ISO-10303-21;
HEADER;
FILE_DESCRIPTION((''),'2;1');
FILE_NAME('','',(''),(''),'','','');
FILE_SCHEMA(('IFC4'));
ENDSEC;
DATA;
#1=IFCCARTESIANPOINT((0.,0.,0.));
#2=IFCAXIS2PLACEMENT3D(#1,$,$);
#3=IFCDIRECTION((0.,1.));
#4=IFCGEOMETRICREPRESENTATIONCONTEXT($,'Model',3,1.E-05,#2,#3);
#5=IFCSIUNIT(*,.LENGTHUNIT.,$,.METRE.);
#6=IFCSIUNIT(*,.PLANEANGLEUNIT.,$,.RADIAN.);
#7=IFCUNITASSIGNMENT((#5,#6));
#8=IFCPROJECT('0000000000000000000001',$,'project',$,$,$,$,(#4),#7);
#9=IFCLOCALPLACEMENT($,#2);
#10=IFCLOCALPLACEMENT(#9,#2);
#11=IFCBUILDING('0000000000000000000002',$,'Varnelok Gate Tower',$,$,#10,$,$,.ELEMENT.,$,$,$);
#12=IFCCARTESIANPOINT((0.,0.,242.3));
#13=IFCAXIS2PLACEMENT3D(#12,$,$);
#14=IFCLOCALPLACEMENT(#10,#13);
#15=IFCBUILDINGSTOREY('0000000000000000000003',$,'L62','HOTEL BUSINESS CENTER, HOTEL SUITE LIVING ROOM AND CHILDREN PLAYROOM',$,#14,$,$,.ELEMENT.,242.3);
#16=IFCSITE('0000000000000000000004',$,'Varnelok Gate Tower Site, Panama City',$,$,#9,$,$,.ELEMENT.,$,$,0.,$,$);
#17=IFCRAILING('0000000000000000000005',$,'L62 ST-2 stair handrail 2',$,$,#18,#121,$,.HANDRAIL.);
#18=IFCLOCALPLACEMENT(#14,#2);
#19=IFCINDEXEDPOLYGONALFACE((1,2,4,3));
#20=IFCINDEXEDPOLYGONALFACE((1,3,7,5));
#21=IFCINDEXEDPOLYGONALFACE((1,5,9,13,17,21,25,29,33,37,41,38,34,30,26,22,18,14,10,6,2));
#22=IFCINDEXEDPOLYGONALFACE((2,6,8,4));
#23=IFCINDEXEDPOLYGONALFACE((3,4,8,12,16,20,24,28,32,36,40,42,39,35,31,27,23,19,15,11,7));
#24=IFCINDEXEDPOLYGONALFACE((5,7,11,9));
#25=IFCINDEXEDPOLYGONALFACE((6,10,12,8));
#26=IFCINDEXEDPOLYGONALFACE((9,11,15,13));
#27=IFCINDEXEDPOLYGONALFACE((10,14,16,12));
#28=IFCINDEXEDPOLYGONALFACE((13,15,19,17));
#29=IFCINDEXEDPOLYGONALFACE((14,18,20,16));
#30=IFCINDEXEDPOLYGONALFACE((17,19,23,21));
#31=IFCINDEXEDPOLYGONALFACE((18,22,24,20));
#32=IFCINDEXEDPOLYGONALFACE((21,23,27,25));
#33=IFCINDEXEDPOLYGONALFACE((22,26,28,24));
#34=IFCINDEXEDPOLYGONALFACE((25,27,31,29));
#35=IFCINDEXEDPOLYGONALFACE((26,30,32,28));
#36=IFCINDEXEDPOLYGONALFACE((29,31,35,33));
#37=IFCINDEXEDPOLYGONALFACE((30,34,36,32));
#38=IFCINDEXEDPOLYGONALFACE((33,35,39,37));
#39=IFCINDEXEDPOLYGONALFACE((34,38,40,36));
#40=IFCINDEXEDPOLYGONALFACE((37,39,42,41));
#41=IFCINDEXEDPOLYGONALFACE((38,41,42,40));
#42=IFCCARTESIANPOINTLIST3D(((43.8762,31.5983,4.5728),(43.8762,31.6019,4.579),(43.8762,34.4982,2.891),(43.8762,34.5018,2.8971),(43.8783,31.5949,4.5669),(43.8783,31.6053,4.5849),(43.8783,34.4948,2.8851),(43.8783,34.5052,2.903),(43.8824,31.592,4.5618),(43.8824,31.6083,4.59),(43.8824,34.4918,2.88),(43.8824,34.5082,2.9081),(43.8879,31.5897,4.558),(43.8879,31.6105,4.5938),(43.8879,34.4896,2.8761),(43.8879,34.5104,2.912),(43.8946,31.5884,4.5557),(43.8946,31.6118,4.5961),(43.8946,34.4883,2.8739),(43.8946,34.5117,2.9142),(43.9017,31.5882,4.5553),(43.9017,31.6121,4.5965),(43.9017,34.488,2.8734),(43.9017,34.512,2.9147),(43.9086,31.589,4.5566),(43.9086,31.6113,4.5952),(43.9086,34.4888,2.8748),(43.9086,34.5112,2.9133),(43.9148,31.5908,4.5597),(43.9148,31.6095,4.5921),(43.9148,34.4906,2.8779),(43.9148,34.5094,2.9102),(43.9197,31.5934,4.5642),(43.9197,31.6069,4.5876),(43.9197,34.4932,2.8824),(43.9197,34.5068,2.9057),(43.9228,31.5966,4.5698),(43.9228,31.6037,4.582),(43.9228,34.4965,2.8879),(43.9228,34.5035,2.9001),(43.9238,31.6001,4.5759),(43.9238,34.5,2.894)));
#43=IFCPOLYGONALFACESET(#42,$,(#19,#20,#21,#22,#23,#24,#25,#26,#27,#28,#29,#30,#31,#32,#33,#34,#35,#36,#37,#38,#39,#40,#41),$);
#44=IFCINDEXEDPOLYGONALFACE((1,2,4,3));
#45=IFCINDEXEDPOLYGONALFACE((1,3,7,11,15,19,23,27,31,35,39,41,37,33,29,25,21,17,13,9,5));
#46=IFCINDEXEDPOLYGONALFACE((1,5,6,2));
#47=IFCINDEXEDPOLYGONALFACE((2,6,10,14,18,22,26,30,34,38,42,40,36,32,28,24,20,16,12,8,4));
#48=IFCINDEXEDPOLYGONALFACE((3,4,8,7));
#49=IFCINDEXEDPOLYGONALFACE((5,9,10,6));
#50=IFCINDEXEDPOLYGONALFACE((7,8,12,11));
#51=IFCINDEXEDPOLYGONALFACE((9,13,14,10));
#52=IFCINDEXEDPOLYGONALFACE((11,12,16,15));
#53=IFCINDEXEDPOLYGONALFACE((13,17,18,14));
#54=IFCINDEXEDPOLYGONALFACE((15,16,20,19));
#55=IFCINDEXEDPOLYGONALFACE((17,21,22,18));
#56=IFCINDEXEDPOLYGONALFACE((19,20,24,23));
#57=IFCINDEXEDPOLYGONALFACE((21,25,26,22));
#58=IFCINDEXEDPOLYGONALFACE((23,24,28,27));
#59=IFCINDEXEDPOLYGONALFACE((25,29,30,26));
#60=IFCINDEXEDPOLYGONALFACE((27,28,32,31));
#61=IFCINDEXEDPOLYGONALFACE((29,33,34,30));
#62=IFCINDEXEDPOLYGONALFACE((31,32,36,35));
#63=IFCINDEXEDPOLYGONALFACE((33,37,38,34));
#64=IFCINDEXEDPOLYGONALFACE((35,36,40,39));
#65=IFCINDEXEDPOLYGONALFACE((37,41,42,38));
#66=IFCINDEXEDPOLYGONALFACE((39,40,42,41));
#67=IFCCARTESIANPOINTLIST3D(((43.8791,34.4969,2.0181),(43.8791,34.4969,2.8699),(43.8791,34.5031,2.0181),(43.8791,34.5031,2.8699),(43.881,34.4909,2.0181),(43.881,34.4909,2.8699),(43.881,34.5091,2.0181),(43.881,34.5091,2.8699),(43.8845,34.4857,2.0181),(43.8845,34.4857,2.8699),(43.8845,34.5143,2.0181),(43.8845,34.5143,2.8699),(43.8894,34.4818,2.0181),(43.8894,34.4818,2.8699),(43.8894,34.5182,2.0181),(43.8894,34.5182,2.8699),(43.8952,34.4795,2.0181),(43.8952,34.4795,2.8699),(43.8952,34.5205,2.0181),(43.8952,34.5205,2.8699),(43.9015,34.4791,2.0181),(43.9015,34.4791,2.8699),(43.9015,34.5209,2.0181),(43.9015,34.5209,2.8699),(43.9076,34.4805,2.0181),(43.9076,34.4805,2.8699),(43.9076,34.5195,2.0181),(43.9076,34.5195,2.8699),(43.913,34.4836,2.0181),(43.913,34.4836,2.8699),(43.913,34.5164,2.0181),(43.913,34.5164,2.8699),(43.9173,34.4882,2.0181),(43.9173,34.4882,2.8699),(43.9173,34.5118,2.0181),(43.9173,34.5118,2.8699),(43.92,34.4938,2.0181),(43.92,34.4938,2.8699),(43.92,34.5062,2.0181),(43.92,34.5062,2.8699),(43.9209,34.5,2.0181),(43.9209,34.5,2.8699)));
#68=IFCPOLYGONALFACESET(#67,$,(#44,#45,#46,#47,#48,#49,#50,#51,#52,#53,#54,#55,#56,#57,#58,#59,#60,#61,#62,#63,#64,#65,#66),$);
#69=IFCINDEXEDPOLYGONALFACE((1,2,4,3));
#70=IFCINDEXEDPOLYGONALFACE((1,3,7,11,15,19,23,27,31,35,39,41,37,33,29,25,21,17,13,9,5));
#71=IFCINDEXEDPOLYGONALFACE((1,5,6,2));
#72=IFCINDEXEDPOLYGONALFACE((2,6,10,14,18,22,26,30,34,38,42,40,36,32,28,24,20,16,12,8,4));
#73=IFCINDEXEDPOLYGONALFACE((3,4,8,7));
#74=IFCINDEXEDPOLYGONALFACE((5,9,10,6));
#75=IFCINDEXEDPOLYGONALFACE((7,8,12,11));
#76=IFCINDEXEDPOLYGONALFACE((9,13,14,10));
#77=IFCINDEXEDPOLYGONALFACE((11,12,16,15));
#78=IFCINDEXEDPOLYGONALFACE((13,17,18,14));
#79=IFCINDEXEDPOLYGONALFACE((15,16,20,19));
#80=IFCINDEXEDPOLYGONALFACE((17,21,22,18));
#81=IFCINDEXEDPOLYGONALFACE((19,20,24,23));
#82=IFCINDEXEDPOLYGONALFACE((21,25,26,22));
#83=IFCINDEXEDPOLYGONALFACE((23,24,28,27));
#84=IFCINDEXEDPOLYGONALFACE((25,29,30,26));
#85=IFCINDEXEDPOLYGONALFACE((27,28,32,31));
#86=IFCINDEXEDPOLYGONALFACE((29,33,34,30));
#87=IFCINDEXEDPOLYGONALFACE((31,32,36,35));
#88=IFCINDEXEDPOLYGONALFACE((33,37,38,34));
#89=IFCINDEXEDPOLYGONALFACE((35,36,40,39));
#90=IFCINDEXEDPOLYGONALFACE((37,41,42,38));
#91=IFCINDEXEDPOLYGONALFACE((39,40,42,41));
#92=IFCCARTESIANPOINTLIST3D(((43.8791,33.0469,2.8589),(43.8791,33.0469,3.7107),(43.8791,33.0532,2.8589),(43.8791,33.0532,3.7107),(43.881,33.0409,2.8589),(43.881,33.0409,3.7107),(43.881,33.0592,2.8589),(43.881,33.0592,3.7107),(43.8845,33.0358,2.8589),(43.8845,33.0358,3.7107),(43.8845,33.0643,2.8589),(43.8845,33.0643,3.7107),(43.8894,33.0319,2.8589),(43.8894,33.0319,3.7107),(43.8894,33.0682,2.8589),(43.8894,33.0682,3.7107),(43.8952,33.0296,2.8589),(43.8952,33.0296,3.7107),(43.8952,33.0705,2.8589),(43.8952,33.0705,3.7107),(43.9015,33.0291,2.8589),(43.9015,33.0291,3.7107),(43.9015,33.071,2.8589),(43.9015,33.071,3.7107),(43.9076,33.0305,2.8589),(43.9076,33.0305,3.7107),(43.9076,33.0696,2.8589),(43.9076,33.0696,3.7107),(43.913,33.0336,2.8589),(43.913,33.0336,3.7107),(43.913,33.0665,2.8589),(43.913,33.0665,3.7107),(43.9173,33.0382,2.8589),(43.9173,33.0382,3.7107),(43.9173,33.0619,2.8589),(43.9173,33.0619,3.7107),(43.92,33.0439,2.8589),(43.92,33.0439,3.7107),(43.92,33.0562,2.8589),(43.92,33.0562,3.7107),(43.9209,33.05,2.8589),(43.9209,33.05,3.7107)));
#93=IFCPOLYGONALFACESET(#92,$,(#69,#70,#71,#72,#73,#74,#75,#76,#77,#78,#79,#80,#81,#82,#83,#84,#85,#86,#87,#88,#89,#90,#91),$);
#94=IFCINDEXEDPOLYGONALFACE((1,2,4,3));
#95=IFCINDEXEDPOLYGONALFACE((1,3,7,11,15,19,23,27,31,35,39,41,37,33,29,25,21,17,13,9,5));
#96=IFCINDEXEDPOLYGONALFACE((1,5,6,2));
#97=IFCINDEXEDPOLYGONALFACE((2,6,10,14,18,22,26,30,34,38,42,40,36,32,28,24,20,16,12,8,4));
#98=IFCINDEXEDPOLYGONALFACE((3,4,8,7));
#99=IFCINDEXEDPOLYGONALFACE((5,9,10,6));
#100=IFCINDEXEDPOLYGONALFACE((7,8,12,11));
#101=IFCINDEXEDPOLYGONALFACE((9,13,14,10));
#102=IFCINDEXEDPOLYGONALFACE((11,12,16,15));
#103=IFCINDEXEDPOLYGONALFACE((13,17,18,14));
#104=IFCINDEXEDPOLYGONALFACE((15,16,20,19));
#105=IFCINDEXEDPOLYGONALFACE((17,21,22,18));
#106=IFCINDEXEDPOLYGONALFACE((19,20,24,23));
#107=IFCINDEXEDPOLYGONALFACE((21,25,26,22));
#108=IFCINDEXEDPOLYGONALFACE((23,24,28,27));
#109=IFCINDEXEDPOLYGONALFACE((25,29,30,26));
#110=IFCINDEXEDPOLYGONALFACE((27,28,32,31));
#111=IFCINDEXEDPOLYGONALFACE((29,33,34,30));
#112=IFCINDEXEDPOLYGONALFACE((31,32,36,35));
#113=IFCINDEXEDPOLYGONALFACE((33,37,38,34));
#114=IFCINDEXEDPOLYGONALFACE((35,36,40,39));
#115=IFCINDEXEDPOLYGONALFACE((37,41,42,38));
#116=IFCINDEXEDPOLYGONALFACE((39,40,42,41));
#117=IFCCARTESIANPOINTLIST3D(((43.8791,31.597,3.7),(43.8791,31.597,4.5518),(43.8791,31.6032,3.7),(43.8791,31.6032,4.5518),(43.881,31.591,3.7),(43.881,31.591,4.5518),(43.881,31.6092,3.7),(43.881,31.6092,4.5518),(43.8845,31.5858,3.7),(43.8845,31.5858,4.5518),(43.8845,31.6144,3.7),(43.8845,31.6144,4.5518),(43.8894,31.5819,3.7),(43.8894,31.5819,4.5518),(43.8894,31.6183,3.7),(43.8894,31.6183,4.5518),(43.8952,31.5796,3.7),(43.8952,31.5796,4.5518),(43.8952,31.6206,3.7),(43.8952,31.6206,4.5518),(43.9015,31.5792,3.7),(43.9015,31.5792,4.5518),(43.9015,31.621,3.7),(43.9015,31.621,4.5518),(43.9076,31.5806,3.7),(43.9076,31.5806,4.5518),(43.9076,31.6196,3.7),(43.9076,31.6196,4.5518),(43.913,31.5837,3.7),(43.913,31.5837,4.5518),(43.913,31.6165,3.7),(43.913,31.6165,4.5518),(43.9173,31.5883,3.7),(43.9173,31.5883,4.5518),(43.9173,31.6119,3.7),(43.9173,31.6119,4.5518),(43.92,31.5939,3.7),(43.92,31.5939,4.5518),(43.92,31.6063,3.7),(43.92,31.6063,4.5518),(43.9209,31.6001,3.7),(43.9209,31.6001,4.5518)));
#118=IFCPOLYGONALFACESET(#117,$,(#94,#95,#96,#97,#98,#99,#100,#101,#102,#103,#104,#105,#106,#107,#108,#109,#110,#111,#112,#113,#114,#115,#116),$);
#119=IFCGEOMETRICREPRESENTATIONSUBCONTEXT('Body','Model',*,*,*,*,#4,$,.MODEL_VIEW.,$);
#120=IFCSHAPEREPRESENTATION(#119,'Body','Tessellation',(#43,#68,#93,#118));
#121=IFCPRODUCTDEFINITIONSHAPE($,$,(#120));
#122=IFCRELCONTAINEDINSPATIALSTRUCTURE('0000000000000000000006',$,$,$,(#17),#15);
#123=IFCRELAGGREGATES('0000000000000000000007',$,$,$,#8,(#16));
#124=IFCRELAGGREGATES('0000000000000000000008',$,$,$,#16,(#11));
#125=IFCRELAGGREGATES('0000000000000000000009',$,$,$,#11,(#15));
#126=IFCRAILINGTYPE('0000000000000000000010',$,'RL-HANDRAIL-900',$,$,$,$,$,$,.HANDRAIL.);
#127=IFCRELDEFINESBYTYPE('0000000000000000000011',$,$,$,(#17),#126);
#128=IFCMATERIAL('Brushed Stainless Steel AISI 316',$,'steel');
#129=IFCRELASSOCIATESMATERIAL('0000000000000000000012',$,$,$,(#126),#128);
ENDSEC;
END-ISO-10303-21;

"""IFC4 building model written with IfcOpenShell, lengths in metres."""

from ifc_helpers import new_model, si_unit, direction, frame, origin, origin_2d, place, context, subcontext, project, spatial, circle, extrude, material, type_object, element, save


model = new_model("IFC4")

# Units and contexts
model_context = context("Model", 3, precision=1e-05, world=origin(), true_north=direction((0.0, 1.0)))
body_context = subcontext(model_context, "Body", "Model", "MODEL_VIEW")
ifc_project = project(units=[si_unit("LENGTHUNIT", "METRE"), si_unit("PLANEANGLEUNIT", "RADIAN")], contexts=[model_context])

# Site, building, storey
site_placement = place(None, origin())
site = spatial("IfcSite", under=ifc_project, at=site_placement, Name="Varnelok Gate Tower Site, Panama City", CompositionType="ELEMENT", RefElevation=0.0)
building_placement = place(site_placement, origin())
building = spatial("IfcBuilding", under=site, at=building_placement, Name="Varnelok Gate Tower", CompositionType="ELEMENT")
storey_placement = place(building_placement, frame((0.0, 0.0, 242.3)))
storey = spatial("IfcBuildingStorey", under=building, at=storey_placement, Name="L62", Description="HOTEL BUSINESS CENTER, HOTEL SUITE LIVING ROOM AND CHILDREN PLAYROOM", CompositionType="ELEMENT", Elevation=242.3)

# Railing
ifc_material_1 = material(Name="Brushed Stainless Steel AISI 316", Category="steel")
railing_type_1 = type_object("IfcRailingType", Name="RL-HANDRAIL-900", PredefinedType="HANDRAIL", material=ifc_material_1)
railing_1_placement = place(storey_placement, frame((43.8999, 34.5, 2.0181)))
element("IfcRailing", 1, at=railing_1_placement, inside=storey, type_object=railing_type_1, Name="L62 ST-2 stair handrail 2", PredefinedType="HANDRAIL", context=body_context, shape_type="SweptSolid", body=[
    extrude(circle(Radius=0.0239, at=origin_2d()), frame((0.0, 0.0, 0.876), z_axis=(0.0, -0.865039, 0.501705), x_axis=(1.0, 0.0, 0.0)), (0.0, 0.0, 1.0), 3.3523),
    extrude(circle(Radius=0.021, at=origin_2d()), origin(), (0.0, 0.0, 1.0), 0.8518),
    extrude(circle(Radius=0.021, at=origin_2d()), frame((0.0, -1.45, 0.8408)), (0.0, 0.0, 1.0), 0.8518),
    extrude(circle(Radius=0.021, at=origin_2d()), frame((0.0, -2.8999, 1.6819)), (0.0, 0.0, 1.0), 0.8518),
])

save(model, "model.ifc")
